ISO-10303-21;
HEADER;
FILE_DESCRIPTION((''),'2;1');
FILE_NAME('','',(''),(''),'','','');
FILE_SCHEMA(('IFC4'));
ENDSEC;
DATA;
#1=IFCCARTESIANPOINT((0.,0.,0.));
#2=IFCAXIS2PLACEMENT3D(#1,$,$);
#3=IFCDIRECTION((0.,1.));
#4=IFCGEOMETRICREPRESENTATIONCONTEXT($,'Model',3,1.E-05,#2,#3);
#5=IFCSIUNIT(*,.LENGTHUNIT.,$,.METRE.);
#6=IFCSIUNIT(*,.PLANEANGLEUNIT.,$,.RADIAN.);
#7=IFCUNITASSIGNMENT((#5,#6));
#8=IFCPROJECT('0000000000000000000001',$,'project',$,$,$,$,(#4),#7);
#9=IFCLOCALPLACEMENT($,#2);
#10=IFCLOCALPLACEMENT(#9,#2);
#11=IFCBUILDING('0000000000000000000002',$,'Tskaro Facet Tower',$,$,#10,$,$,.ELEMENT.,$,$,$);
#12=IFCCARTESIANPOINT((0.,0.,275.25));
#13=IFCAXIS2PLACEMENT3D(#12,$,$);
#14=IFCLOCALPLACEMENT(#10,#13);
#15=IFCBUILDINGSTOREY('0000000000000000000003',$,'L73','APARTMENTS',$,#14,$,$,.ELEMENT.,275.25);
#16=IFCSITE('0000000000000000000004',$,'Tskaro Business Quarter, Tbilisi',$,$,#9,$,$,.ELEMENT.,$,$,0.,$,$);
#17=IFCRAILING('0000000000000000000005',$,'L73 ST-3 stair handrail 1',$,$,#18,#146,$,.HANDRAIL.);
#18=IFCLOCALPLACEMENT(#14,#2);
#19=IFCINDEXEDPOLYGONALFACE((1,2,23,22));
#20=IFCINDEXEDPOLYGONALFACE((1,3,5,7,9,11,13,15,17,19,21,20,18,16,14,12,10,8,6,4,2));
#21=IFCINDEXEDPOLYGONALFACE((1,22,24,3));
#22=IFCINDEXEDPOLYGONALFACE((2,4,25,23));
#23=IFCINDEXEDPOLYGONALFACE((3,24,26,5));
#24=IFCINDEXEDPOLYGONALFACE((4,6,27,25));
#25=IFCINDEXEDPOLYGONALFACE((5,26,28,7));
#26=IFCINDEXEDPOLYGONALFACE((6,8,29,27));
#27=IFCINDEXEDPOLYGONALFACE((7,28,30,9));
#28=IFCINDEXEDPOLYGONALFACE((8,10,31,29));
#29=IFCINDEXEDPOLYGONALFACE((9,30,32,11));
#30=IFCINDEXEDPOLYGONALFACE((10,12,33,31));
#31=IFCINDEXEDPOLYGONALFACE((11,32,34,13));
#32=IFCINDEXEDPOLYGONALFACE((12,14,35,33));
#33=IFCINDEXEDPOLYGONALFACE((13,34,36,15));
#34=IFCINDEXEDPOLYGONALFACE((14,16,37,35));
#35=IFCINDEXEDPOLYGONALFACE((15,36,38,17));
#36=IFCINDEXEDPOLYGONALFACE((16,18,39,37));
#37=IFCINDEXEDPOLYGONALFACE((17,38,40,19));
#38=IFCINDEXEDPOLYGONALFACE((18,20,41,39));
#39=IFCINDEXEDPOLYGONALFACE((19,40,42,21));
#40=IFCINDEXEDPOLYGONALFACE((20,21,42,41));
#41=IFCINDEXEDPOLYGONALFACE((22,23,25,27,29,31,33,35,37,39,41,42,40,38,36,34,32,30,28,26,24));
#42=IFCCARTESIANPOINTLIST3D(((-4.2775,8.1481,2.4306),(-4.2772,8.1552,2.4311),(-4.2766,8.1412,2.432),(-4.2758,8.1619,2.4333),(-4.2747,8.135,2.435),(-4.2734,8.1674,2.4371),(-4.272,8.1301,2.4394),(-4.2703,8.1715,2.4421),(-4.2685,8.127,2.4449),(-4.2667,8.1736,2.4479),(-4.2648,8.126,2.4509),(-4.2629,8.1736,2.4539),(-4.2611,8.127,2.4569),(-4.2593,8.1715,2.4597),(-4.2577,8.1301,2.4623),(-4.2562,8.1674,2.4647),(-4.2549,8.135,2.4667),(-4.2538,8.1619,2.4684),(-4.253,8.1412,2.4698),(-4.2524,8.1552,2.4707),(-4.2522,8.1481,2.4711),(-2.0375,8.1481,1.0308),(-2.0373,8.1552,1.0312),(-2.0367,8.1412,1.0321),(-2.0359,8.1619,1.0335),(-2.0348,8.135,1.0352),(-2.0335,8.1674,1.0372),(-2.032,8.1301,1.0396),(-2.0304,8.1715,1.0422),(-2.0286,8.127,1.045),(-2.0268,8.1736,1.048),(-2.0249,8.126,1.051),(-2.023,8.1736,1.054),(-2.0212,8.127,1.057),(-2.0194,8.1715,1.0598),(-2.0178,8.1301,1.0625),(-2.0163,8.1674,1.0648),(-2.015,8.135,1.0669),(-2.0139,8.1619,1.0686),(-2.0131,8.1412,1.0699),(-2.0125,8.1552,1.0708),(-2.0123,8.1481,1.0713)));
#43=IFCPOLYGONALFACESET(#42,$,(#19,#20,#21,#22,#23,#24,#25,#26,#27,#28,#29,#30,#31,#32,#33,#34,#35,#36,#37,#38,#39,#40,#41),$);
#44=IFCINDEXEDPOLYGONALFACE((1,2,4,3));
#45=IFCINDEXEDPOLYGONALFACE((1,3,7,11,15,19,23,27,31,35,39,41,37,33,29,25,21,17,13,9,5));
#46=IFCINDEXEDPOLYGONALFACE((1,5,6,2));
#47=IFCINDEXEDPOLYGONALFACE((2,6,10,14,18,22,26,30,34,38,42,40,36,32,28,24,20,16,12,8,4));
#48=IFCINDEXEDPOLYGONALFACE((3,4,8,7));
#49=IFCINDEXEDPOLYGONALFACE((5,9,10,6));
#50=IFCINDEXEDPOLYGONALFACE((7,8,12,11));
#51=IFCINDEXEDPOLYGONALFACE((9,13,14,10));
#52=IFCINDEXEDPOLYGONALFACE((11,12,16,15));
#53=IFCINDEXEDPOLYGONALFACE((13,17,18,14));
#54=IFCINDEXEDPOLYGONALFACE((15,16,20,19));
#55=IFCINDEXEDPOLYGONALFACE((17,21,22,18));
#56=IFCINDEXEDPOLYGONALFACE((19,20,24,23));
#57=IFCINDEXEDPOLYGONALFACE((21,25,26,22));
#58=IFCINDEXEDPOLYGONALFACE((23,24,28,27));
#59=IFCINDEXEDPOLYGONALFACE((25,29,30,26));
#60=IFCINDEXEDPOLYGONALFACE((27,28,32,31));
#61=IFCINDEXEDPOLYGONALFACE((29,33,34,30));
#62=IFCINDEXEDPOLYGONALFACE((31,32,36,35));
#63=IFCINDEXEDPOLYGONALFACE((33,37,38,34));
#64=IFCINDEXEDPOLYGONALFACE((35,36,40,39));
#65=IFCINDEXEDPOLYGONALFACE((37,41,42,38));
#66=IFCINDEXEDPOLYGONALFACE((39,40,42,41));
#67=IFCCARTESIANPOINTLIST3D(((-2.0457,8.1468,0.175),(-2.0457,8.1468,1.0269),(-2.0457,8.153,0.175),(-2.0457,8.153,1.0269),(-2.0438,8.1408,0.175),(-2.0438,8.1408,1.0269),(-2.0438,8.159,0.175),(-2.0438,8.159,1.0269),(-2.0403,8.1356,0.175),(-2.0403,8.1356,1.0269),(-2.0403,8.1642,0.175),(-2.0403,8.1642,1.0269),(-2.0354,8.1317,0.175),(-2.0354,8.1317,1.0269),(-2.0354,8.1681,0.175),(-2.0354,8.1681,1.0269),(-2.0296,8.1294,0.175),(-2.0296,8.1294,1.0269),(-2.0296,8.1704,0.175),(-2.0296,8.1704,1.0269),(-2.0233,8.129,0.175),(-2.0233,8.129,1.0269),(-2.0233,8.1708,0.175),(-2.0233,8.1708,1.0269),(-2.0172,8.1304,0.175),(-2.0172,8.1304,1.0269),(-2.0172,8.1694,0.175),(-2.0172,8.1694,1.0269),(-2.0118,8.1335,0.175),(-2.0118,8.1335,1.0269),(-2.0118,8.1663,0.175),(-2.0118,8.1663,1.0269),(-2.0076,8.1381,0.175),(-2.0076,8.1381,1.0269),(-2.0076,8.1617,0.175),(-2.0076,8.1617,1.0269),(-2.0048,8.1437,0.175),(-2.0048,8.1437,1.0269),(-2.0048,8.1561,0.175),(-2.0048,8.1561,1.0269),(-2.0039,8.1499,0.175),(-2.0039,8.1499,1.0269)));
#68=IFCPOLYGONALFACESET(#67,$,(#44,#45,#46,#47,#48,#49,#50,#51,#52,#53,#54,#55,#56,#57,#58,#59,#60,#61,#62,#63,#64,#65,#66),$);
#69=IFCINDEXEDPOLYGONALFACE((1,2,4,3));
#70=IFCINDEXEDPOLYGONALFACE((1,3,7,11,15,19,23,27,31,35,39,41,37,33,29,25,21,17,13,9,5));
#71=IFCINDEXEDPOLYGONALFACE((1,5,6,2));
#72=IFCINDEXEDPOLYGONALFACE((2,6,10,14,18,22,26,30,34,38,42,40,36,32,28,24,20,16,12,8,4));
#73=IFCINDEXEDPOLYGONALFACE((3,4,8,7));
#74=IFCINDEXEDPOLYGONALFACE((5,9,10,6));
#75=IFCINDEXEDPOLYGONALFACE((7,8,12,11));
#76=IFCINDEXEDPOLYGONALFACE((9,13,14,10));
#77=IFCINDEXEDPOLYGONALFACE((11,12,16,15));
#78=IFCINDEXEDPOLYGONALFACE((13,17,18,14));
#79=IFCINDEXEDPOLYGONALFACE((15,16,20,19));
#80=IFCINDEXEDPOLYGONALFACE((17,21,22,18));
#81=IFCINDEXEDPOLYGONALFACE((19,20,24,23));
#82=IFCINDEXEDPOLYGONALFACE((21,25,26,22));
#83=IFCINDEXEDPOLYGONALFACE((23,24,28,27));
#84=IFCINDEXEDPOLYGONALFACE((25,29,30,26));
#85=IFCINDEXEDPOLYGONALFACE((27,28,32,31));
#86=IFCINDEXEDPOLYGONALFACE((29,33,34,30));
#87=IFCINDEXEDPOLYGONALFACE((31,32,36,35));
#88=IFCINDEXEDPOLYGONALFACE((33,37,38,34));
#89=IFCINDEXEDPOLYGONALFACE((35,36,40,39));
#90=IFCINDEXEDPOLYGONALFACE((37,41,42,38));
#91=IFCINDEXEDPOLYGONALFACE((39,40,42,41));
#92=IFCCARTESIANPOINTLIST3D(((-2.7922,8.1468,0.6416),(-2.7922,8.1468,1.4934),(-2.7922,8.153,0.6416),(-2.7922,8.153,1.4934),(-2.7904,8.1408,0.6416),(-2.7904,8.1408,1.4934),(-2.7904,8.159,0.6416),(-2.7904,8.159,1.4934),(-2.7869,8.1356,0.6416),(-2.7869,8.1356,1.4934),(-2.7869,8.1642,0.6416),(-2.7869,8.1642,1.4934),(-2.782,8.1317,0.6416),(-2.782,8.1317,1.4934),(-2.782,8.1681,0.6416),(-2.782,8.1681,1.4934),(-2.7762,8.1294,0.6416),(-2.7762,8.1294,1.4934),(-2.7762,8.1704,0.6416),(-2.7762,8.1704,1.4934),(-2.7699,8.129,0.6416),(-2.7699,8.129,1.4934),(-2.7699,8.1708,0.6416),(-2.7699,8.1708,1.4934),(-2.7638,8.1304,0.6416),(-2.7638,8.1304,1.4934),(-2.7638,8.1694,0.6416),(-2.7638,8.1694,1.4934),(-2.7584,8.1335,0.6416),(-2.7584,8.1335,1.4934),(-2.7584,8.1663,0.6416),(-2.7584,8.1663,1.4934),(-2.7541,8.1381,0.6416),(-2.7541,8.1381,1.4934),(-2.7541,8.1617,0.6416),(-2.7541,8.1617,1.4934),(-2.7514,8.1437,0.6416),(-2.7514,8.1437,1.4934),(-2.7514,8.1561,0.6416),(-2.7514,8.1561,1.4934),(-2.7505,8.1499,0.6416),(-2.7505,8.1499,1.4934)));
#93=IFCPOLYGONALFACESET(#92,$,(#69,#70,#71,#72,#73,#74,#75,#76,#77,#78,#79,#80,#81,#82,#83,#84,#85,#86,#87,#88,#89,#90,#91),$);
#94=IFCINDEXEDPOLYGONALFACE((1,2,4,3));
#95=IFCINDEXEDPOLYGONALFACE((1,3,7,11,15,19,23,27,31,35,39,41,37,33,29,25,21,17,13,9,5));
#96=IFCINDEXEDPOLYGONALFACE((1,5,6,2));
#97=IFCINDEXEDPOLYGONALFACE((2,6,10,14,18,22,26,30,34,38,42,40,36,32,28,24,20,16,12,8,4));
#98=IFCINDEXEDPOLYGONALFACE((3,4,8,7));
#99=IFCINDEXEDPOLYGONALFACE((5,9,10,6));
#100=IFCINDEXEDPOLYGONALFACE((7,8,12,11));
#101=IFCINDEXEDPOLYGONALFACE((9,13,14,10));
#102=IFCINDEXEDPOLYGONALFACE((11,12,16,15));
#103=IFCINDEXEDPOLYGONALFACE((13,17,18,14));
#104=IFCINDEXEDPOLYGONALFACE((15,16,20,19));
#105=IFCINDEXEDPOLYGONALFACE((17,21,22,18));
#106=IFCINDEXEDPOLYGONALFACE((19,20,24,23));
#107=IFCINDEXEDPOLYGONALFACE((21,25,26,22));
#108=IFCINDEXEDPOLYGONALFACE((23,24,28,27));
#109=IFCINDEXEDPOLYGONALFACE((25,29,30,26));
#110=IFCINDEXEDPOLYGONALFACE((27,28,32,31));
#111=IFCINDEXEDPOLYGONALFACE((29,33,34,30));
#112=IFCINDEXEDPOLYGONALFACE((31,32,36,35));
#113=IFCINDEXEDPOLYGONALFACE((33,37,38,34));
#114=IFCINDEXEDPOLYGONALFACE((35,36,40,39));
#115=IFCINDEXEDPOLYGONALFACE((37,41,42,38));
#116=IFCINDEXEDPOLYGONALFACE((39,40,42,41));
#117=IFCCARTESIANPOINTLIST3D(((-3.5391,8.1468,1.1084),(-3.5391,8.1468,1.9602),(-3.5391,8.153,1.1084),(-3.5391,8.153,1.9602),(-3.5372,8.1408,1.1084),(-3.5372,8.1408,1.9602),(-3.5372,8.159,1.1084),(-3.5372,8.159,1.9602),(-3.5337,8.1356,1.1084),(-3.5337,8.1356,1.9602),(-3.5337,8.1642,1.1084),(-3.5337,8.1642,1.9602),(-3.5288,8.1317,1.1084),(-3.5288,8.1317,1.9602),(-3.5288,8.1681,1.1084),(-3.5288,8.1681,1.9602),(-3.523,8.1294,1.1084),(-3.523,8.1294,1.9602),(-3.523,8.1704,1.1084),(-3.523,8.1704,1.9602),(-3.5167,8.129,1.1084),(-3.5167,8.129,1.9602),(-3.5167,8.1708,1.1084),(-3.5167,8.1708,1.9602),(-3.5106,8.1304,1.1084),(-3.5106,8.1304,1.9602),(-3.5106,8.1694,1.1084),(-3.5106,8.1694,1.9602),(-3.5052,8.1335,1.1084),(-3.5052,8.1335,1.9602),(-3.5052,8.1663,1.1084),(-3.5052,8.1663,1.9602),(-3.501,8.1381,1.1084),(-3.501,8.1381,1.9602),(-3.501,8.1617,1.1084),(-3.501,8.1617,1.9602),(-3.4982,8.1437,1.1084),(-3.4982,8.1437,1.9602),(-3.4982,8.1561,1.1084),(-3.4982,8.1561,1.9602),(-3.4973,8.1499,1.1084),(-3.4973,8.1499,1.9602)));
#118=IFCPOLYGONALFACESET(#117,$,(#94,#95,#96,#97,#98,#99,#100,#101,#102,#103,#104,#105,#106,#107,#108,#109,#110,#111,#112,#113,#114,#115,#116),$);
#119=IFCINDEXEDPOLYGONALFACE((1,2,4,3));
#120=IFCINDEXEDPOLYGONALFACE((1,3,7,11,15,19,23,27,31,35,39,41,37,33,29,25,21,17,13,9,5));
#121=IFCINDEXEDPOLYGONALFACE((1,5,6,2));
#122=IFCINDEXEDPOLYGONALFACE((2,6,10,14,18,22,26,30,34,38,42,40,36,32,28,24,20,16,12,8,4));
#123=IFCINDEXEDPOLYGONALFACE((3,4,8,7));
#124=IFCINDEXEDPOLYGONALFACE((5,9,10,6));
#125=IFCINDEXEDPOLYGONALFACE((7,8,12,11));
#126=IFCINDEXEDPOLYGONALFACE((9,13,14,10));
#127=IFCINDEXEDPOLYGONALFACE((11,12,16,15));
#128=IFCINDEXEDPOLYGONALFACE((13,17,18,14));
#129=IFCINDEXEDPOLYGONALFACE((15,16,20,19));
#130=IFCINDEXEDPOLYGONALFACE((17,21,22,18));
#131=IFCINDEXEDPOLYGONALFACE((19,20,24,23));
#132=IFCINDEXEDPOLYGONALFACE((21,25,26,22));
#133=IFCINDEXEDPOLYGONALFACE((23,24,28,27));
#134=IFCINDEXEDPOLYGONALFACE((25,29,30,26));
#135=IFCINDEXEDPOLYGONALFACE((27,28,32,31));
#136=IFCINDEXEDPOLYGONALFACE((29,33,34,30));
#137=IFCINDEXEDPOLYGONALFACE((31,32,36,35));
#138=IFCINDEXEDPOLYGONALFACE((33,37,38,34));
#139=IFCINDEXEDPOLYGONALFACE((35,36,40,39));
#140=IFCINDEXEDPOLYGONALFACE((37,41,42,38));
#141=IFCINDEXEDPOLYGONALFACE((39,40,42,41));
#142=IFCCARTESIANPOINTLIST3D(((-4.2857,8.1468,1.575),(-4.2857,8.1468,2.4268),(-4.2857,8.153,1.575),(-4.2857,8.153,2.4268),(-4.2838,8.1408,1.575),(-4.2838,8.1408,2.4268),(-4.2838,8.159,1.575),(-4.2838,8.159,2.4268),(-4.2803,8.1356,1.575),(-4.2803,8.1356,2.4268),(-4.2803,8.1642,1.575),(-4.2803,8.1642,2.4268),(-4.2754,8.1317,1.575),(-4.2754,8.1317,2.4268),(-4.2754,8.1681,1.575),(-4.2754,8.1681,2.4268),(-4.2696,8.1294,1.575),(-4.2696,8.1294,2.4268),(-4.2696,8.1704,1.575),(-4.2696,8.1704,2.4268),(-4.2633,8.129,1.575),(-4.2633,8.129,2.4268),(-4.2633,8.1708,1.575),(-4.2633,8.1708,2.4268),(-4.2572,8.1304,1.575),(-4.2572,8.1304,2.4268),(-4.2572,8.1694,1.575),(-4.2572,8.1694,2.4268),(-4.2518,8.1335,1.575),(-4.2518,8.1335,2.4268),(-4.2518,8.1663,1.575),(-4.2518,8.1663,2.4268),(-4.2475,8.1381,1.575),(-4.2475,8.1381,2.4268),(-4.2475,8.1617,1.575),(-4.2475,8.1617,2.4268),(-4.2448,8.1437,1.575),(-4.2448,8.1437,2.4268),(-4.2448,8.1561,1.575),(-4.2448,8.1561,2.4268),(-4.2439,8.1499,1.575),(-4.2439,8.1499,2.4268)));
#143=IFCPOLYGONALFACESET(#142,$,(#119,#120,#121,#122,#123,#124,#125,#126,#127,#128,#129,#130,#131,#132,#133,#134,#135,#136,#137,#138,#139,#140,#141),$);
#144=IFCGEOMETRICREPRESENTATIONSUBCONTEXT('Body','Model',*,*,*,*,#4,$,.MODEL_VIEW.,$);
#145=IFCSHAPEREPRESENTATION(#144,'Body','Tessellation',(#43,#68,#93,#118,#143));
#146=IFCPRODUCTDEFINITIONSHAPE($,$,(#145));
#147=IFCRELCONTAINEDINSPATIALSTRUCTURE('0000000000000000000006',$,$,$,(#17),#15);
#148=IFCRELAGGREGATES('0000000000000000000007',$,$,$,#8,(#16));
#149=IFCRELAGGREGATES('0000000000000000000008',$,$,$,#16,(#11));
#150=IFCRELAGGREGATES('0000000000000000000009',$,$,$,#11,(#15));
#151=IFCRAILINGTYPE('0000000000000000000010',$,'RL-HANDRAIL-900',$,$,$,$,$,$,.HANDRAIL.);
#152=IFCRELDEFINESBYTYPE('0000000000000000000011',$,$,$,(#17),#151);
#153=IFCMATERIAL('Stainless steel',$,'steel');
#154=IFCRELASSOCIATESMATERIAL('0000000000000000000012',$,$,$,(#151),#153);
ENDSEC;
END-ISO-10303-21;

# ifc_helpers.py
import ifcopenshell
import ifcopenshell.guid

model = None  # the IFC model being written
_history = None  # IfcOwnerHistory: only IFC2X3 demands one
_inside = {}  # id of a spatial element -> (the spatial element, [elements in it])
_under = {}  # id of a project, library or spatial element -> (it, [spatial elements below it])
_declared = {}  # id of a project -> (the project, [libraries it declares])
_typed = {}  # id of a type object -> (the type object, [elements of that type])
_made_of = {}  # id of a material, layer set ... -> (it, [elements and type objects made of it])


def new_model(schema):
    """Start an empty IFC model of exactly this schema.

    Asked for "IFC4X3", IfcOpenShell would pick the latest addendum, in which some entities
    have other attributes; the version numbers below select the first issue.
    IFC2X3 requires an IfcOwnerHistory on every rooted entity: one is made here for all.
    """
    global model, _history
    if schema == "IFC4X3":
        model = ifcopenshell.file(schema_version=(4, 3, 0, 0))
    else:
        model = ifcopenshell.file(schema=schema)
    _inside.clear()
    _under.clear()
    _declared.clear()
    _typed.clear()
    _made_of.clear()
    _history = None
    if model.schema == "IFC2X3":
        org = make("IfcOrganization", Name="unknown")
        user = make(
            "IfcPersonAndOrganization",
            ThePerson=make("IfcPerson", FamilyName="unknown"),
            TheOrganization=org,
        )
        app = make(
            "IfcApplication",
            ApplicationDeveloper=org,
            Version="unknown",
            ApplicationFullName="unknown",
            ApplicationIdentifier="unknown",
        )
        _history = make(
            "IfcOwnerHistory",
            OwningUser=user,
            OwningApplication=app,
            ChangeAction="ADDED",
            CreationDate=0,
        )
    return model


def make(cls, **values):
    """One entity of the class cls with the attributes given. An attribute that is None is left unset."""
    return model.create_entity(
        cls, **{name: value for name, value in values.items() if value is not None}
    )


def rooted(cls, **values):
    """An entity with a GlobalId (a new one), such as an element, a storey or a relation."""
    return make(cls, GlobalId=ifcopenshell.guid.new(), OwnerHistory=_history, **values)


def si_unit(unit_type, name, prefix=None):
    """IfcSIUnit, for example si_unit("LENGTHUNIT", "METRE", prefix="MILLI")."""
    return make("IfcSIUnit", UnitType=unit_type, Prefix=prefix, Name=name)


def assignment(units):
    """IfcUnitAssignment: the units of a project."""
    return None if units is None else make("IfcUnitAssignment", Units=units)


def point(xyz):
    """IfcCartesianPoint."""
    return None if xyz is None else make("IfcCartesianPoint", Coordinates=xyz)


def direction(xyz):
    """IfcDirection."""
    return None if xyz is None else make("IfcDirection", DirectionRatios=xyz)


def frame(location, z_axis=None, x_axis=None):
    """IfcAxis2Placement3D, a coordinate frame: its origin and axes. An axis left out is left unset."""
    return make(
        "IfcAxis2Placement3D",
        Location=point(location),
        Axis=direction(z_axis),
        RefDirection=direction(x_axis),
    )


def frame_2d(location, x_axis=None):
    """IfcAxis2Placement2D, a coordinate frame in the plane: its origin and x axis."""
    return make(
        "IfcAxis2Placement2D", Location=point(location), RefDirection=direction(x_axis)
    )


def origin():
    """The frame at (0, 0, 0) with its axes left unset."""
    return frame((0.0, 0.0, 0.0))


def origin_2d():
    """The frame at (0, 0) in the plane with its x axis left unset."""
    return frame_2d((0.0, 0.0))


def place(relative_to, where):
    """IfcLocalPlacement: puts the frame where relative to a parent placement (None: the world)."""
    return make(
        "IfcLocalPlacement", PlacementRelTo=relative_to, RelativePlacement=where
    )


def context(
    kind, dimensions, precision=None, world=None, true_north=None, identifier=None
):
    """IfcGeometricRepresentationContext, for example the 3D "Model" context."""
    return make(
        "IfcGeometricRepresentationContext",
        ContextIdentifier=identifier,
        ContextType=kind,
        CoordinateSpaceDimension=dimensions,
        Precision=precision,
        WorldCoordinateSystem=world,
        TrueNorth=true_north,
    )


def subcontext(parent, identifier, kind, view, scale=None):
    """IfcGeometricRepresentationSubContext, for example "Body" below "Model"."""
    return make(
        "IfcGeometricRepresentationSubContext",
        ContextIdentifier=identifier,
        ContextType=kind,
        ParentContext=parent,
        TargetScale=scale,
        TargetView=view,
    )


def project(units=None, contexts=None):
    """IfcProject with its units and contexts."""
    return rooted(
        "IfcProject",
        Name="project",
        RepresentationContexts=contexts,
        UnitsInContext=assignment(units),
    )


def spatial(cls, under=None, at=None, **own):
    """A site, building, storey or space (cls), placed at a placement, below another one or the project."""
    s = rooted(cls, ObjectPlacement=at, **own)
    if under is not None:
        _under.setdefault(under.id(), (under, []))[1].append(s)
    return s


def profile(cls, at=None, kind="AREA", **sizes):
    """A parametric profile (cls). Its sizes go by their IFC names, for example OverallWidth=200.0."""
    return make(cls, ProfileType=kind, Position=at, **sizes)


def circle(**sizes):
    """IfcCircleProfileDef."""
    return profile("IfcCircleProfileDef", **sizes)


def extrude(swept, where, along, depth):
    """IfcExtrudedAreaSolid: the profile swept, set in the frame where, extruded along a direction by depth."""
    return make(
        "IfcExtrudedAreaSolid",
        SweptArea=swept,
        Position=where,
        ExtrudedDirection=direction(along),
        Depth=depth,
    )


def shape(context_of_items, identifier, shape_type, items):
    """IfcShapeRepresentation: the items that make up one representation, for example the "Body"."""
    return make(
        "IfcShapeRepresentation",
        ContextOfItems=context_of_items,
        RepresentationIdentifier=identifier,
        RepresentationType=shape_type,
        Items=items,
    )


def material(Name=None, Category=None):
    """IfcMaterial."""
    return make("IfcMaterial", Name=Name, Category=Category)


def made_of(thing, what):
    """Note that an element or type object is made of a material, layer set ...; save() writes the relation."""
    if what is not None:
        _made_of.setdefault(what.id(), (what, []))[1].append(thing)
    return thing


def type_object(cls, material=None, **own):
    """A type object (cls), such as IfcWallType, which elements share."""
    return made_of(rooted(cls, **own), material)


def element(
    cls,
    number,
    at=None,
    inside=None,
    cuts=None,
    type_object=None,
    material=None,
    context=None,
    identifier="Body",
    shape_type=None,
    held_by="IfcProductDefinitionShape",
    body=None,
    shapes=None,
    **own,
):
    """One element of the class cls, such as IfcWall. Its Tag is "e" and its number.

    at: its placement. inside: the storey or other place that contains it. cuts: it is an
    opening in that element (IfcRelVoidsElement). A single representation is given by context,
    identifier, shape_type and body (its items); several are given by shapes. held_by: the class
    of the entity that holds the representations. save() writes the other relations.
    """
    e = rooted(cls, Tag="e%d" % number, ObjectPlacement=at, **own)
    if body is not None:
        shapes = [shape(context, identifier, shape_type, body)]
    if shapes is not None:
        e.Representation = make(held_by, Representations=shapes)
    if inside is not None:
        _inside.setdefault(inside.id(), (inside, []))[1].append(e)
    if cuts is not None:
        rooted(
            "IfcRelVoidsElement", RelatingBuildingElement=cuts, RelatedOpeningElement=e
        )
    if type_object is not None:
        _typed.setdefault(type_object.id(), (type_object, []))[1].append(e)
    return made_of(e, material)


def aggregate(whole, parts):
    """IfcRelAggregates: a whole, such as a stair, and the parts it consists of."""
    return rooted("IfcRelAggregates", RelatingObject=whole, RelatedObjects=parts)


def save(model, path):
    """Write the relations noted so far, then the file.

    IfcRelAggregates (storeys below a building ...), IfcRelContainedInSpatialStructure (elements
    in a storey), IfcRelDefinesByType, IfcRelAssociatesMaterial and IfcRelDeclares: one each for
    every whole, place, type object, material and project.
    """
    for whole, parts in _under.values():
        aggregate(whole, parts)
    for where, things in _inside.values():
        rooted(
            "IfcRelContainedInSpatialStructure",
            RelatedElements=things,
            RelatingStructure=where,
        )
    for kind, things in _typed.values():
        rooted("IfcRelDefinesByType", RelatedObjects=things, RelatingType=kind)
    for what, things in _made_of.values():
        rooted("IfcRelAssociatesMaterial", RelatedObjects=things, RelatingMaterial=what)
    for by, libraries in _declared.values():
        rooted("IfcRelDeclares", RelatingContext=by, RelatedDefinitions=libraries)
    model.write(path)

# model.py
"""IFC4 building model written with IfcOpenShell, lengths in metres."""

from ifc_helpers import new_model, si_unit, direction, frame, origin, origin_2d, place, context, subcontext, project, spatial, circle, extrude, material, type_object, element, save


model = new_model("IFC4")

# Units and contexts
model_context = context("Model", 3, precision=1e-05, world=origin(), true_north=direction((0.0, 1.0)))
body_context = subcontext(model_context, "Body", "Model", "MODEL_VIEW")
ifc_project = project(units=[si_unit("LENGTHUNIT", "METRE"), si_unit("PLANEANGLEUNIT", "RADIAN")], contexts=[model_context])

# Site, building, storey
site_placement = place(None, origin())
site = spatial("IfcSite", under=ifc_project, at=site_placement, Name="Tskaro Business Quarter, Tbilisi", CompositionType="ELEMENT", RefElevation=0.0)
building_placement = place(site_placement, origin())
building = spatial("IfcBuilding", under=site, at=building_placement, Name="Tskaro Facet Tower", CompositionType="ELEMENT")
storey_placement = place(building_placement, frame((0.0, 0.0, 275.25)))
storey = spatial("IfcBuildingStorey", under=building, at=storey_placement, Name="L73", Description="APARTMENTS", CompositionType="ELEMENT", Elevation=275.25)

# Railing
ifc_material_1 = material(Name="Stainless steel", Category="steel")
railing_type_1 = type_object("IfcRailingType", Name="RL-HANDRAIL-900", PredefinedType="HANDRAIL", material=ifc_material_1)
railing_1_placement = place(storey_placement, frame((-2.0249, 8.1499, 0.175)))
element("IfcRailing", 1, at=railing_1_placement, inside=storey, type_object=railing_type_1, Name="L73 ST-3 stair handrail 1", PredefinedType="HANDRAIL", context=body_context, shape_type="SweptSolid", body=[
    extrude(circle(Radius=0.0239, at=origin_2d()), frame((0.0, 0.0, 0.876), z_axis=(-0.848014, 0.0, 0.529974), x_axis=(0.0, -1.0, 0.0)), (0.0, 0.0, 1.0), 2.6414),
    extrude(circle(Radius=0.021, at=origin_2d()), origin(), (0.0, 0.0, 1.0), 0.8518),
    extrude(circle(Radius=0.021, at=origin_2d()), frame((-0.7466, 0.0, 0.4666)), (0.0, 0.0, 1.0), 0.8518),
    extrude(circle(Radius=0.021, at=origin_2d()), frame((-1.4934, 0.0, 0.9333)), (0.0, 0.0, 1.0), 0.8518),
    extrude(circle(Radius=0.021, at=origin_2d()), frame((-2.24, 0.0, 1.3999)), (0.0, 0.0, 1.0), 0.8518),
])

save(model, "model.ifc")
